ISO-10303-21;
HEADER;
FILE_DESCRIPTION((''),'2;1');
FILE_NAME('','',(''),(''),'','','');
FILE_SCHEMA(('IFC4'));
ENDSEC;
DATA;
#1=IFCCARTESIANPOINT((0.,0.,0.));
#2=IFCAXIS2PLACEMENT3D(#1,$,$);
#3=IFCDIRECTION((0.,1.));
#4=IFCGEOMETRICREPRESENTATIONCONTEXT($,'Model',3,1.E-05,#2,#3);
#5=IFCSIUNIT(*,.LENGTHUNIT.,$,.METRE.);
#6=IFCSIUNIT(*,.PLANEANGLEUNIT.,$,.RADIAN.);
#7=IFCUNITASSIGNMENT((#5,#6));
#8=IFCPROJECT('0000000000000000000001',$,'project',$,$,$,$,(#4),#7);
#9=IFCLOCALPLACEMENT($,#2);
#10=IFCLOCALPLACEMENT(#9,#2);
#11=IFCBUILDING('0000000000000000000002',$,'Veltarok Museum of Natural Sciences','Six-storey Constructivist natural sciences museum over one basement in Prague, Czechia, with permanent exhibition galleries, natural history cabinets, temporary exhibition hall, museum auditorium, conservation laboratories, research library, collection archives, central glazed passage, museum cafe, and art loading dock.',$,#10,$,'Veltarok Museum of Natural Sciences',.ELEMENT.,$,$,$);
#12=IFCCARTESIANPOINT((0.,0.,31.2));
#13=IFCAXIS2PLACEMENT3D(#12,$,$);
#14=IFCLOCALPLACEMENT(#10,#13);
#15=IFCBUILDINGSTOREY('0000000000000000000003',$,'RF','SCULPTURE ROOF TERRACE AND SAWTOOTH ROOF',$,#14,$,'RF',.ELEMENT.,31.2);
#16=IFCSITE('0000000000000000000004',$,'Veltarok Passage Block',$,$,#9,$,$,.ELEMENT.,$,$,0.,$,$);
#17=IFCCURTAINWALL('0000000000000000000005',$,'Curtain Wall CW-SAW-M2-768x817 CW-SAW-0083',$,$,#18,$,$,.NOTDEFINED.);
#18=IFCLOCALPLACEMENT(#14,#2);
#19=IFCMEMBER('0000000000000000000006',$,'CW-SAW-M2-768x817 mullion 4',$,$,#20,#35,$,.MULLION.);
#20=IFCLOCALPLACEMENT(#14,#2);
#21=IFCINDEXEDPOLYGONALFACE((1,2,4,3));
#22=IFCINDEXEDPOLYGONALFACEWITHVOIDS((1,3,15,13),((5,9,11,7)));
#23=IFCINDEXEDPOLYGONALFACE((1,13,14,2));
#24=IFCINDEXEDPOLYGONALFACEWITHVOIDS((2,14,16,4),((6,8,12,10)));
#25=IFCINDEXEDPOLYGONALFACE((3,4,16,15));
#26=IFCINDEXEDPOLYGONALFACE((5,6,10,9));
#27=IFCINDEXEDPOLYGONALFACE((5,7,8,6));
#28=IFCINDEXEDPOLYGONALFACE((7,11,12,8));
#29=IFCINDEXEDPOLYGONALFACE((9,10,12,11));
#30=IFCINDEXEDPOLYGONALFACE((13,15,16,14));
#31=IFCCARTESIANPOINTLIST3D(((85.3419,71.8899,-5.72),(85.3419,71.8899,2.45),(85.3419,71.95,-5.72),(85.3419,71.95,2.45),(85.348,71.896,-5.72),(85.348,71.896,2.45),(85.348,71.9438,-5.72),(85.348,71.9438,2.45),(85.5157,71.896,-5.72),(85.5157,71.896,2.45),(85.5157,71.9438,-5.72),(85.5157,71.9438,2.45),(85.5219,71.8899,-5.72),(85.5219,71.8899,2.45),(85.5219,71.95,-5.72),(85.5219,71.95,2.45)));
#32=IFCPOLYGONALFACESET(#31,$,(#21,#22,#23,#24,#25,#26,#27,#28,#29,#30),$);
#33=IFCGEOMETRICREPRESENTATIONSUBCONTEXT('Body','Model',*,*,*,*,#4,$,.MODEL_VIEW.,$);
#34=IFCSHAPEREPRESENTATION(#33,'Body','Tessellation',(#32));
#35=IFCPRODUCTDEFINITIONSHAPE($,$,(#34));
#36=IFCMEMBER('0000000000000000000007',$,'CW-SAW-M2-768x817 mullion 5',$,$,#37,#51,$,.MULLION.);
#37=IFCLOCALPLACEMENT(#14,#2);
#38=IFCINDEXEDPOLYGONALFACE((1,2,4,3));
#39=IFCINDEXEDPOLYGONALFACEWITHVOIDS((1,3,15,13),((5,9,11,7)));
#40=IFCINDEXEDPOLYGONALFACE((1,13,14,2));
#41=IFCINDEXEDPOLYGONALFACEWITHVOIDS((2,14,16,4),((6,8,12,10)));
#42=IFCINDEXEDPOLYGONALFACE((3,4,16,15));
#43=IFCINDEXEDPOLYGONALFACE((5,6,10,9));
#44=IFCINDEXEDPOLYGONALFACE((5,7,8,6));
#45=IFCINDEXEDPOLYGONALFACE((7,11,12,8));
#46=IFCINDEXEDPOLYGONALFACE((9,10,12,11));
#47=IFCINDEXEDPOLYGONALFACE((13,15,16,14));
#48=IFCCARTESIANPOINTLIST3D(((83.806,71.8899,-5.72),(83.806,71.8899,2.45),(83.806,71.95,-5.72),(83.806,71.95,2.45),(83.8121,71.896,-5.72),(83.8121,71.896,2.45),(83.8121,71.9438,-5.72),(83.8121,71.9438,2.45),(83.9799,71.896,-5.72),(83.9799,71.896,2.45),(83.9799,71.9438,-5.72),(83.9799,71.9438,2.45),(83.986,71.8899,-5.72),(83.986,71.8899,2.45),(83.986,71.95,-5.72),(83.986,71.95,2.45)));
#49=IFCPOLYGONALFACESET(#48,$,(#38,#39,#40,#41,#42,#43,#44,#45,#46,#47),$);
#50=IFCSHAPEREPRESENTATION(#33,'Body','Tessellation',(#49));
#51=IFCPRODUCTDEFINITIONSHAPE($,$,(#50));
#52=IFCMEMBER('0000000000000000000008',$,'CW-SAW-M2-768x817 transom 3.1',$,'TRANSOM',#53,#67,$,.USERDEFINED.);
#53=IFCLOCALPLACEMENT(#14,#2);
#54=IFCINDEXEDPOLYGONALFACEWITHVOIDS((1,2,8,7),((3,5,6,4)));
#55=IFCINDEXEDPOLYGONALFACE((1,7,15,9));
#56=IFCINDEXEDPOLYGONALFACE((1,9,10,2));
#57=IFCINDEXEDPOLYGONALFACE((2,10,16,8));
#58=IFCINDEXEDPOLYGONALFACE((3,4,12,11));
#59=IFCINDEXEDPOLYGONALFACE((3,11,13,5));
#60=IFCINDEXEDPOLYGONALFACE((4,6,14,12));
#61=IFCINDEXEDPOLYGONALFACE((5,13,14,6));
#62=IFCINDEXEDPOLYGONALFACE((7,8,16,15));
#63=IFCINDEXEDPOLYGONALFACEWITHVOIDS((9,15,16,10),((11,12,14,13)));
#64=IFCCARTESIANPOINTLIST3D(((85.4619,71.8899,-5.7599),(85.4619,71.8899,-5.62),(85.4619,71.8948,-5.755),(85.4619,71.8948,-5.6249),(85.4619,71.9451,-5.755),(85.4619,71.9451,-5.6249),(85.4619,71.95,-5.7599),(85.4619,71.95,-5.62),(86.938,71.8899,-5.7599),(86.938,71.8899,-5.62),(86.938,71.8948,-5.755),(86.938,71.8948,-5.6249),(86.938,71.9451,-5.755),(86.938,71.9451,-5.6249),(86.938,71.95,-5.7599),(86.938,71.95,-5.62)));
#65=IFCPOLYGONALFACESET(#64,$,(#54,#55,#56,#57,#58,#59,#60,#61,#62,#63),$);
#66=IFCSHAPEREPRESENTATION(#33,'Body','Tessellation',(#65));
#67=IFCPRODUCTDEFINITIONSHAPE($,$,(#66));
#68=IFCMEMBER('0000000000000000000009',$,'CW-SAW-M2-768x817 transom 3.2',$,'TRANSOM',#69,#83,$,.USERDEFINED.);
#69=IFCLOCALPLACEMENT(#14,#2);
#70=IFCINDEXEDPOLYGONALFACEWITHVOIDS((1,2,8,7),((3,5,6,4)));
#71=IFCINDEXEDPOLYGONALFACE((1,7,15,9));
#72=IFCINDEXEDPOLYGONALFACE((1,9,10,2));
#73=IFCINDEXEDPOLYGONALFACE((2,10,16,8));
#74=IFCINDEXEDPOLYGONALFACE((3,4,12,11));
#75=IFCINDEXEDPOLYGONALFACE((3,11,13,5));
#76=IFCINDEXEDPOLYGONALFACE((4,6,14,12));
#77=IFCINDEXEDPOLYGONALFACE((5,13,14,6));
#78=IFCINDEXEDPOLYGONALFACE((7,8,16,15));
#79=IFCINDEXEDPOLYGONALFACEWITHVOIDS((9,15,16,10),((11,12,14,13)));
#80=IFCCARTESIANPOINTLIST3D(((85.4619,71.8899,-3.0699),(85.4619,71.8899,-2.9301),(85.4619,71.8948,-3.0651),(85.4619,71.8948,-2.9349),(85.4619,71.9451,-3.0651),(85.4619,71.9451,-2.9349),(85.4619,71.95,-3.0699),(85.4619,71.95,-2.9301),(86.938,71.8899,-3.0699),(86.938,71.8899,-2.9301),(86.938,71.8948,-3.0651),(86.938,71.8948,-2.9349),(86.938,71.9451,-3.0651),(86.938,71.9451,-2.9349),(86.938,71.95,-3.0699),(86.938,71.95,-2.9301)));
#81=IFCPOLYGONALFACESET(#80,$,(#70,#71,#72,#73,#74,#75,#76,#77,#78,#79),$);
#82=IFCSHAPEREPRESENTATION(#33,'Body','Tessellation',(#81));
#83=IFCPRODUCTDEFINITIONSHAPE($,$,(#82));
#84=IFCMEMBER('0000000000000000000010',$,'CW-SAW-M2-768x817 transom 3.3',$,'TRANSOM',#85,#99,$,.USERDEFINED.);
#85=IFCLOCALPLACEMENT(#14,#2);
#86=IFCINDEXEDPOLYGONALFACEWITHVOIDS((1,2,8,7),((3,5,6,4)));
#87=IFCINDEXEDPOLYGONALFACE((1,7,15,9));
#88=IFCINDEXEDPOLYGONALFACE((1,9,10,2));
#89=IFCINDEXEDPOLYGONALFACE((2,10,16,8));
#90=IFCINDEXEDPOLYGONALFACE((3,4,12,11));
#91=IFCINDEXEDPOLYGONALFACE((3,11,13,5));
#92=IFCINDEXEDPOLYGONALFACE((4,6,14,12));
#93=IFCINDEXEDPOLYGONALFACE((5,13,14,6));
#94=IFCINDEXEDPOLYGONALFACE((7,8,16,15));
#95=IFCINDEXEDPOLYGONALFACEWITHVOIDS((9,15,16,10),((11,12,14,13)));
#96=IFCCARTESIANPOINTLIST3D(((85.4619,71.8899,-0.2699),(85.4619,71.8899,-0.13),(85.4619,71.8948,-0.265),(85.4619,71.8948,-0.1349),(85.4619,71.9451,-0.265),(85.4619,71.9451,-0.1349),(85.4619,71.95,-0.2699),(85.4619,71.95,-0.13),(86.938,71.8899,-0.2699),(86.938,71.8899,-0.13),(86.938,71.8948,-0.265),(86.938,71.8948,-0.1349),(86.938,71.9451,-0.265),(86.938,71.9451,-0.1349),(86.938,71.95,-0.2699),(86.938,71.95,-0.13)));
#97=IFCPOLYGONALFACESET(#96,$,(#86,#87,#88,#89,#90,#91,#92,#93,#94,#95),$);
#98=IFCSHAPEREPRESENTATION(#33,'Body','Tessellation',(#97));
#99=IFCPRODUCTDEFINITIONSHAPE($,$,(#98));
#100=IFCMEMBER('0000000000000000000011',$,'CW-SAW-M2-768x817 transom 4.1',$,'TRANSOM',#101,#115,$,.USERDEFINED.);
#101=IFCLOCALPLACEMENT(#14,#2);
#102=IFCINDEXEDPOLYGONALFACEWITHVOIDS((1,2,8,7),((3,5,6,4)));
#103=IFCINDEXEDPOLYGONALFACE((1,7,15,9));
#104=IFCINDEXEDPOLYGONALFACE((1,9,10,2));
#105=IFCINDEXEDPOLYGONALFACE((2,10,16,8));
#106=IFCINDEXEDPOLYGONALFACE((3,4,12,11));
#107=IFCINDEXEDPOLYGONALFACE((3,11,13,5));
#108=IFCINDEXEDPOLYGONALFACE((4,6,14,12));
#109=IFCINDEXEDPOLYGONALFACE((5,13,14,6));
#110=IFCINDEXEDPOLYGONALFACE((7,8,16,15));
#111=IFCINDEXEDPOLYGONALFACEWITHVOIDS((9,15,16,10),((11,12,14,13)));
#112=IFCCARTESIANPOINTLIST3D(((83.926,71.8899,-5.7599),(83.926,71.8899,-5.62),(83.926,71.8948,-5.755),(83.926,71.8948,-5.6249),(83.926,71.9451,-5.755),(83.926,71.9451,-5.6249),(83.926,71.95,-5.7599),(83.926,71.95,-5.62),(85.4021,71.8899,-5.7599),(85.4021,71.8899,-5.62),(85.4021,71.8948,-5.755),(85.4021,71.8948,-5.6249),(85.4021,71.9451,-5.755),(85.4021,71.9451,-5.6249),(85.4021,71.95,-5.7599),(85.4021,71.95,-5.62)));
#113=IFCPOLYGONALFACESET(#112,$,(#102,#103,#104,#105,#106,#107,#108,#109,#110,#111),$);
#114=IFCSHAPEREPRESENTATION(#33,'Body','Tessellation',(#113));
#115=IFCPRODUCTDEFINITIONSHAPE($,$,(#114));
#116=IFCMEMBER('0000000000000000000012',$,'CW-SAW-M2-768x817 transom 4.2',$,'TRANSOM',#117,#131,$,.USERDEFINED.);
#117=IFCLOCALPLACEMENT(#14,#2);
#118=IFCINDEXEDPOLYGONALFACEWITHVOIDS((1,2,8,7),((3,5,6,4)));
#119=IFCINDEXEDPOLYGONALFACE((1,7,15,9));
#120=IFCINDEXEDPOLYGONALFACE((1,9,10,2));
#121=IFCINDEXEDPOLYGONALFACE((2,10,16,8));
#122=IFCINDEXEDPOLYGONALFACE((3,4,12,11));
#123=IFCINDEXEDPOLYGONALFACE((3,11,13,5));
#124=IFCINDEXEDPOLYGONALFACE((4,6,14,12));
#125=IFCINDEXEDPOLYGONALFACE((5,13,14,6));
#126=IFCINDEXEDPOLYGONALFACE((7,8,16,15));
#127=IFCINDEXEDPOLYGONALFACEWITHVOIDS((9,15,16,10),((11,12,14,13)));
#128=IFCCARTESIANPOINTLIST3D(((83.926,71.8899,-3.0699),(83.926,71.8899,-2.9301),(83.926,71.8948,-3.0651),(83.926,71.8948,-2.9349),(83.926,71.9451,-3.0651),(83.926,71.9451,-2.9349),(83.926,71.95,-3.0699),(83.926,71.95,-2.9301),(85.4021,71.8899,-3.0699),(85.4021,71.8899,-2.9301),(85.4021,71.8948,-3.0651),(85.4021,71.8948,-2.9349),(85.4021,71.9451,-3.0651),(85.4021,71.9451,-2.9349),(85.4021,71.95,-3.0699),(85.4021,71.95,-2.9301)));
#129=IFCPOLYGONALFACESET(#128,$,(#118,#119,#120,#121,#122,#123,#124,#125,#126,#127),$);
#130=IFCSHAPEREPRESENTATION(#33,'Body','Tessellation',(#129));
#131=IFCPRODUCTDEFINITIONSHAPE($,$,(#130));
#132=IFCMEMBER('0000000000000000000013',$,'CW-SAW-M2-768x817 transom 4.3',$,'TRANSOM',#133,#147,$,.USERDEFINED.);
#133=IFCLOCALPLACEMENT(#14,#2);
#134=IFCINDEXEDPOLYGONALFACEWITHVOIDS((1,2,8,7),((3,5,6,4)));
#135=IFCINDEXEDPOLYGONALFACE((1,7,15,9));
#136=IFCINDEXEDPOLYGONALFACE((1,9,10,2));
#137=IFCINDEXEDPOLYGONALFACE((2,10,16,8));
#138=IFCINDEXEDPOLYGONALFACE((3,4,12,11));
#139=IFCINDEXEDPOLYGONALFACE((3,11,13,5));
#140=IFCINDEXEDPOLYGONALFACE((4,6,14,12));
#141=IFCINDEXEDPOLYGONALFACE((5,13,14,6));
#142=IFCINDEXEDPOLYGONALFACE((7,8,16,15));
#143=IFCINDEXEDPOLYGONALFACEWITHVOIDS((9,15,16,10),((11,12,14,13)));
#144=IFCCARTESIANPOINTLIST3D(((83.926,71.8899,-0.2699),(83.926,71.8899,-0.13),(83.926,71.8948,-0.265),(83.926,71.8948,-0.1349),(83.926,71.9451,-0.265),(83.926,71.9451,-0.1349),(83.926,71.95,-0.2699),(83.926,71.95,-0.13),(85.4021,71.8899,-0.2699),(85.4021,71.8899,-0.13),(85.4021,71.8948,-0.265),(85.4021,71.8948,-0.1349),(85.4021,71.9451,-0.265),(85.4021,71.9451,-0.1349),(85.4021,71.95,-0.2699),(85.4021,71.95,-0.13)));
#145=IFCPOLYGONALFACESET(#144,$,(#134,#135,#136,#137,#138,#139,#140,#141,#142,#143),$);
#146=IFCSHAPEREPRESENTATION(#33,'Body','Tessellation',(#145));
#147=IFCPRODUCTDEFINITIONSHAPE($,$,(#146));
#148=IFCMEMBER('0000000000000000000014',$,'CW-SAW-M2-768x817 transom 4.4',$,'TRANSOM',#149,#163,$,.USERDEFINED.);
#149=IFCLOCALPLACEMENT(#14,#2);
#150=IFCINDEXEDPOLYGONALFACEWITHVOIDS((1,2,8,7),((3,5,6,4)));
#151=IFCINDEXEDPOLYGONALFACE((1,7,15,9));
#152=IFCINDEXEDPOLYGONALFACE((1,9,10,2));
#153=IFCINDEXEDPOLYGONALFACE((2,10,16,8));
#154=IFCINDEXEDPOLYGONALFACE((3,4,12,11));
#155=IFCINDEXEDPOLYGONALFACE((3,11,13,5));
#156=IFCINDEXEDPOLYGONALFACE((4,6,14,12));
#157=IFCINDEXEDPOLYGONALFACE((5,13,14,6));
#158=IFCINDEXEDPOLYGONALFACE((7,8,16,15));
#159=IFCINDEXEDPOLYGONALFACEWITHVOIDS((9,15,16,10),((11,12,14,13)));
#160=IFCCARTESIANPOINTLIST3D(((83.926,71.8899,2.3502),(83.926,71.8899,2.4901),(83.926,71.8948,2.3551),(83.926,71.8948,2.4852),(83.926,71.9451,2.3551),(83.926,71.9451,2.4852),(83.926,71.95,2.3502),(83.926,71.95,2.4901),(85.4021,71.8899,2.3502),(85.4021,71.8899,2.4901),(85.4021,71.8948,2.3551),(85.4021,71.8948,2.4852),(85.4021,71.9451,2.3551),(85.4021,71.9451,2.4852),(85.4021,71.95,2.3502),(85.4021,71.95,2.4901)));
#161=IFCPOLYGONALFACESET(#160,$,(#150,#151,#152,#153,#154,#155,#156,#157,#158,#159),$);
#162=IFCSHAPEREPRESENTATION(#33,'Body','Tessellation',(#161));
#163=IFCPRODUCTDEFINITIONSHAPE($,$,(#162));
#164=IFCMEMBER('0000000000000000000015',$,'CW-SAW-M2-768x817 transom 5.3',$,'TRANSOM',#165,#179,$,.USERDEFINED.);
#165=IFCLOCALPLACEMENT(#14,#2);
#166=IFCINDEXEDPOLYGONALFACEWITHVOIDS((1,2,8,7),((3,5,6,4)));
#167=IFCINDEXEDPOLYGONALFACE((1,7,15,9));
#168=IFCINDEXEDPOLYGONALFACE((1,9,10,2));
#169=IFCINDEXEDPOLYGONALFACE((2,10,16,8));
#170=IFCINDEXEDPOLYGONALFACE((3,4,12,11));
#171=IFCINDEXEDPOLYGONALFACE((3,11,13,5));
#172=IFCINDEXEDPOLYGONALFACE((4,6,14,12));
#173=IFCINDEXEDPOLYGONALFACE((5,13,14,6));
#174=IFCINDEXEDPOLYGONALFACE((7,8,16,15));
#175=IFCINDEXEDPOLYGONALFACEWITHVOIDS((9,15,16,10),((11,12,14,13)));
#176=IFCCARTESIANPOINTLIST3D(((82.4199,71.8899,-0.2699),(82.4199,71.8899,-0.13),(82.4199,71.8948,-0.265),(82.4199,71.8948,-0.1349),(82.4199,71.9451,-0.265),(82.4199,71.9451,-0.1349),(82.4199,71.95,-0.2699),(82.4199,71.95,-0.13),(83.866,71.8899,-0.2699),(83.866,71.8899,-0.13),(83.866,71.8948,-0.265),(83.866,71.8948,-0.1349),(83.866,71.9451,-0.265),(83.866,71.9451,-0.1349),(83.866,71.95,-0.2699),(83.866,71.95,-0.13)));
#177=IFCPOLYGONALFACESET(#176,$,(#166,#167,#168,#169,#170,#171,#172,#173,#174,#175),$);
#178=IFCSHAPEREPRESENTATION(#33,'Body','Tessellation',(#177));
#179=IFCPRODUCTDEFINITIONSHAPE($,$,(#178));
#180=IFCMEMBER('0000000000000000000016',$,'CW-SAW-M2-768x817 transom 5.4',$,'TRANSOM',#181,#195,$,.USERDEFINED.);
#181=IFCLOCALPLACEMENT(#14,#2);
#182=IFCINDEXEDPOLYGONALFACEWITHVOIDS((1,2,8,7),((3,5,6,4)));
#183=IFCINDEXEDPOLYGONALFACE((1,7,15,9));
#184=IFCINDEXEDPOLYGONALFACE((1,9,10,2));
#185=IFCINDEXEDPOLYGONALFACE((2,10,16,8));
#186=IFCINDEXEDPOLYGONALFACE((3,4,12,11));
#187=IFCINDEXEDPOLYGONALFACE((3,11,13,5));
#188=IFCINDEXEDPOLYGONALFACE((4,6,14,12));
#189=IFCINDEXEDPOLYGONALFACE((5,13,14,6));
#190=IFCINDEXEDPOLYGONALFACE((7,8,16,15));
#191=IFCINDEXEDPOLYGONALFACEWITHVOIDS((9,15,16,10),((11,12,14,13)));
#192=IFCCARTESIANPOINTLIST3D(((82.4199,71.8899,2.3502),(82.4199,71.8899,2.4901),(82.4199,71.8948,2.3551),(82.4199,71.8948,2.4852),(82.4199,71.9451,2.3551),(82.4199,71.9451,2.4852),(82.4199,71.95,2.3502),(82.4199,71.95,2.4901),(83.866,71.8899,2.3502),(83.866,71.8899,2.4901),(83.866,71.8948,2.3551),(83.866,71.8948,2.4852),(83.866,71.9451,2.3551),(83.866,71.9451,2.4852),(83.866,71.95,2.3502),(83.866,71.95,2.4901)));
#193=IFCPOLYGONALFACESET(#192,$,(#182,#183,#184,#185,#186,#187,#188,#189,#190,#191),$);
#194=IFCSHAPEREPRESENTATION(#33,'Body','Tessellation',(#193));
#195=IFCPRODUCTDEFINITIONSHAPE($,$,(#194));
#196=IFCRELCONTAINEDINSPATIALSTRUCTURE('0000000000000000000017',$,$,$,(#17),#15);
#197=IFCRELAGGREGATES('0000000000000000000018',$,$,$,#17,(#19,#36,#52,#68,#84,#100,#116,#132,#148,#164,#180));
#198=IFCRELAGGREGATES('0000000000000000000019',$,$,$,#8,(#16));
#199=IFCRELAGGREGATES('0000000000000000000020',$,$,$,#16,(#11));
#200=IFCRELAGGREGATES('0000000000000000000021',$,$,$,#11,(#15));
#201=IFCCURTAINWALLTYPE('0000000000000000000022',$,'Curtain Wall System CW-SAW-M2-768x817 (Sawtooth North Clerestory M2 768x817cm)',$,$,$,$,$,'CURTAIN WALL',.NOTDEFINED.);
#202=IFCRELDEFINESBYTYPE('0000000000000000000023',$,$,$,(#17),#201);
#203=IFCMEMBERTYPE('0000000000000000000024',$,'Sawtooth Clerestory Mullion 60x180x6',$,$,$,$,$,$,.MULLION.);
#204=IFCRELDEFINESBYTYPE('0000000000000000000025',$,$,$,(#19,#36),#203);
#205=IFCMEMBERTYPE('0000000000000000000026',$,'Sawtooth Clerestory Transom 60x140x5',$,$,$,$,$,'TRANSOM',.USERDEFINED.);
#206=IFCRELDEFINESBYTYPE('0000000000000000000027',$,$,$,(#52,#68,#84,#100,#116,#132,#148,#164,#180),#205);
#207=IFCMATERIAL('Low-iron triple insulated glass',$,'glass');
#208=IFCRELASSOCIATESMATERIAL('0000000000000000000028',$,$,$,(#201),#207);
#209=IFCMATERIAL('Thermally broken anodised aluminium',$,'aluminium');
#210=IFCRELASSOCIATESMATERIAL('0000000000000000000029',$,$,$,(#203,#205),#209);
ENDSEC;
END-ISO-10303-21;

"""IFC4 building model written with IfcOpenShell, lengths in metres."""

from ifc_helpers import new_model, si_unit, direction, frame, origin, origin_2d, place, context, subcontext, project, spatial, hollow_rectangle, extrude, material, material_profile, profile_set, type_object, element, aggregate, save


model = new_model("IFC4")

# Units and contexts
model_context = context("Model", 3, precision=1e-05, world=origin(), true_north=direction((0.0, 1.0)))
body_context = subcontext(model_context, "Body", "Model", "MODEL_VIEW")
ifc_project = project(units=[si_unit("LENGTHUNIT", "METRE"), si_unit("PLANEANGLEUNIT", "RADIAN")], contexts=[model_context])

# Site, building, storey
site_placement = place(None, origin())
site = spatial("IfcSite", under=ifc_project, at=site_placement, Name="Veltarok Passage Block", CompositionType="ELEMENT", RefElevation=0.0)
building_placement = place(site_placement, origin())
building = spatial("IfcBuilding", under=site, at=building_placement, Name="Veltarok Museum of Natural Sciences", Description="Six-storey Constructivist natural sciences museum over one basement in Prague, Czechia, with permanent exhibition galleries, natural history cabinets, temporary exhibition hall, museum auditorium, conservation laboratories, research library, collection archives, central glazed passage, museum cafe, and art loading dock.", LongName="Veltarok Museum of Natural Sciences", CompositionType="ELEMENT")
storey_placement = place(building_placement, frame((0.0, 0.0, 31.2)))
storey = spatial("IfcBuildingStorey", under=building, at=storey_placement, Name="RF", Description="SCULPTURE ROOF TERRACE AND SAWTOOTH ROOF", LongName="RF", CompositionType="ELEMENT", Elevation=31.2)

# Curtain wall, members
ifc_material_1 = material(Name="Low-iron triple insulated glass", Category="glass")
curtain_wall_type = type_object("IfcCurtainWallType", Name="Curtain Wall System CW-SAW-M2-768x817 (Sawtooth North Clerestory M2 768x817cm)", ElementType="CURTAIN WALL", PredefinedType="NOTDEFINED", material=ifc_material_1)
curtain_wall_placement = place(storey_placement, origin())
curtain_wall = element("IfcCurtainWall", 1, at=curtain_wall_placement, inside=storey, type_object=curtain_wall_type, Name="Curtain Wall CW-SAW-M2-768x817 CW-SAW-0083", PredefinedType="NOTDEFINED")
ifc_material_2 = material(Name="Thermally broken anodised aluminium", Category="aluminium")
ifc_material_profile_1 = material_profile(ifc_material_2, hollow_rectangle(XDim=0.0601, YDim=0.1799, WallThickness=0.0061, at=origin_2d()), Name="CW MULLION 60x180x6")
ifc_profile_set_1 = profile_set([ifc_material_profile_1], Name="Thermally broken anodised aluminium")
member_type_1 = type_object("IfcMemberType", Name="Sawtooth Clerestory Mullion 60x180x6", PredefinedType="MULLION", material=ifc_profile_set_1)
member_1_placement = place(storey_placement, frame((85.4319, 71.9199, -5.72), z_axis=(0.0, 0.0, 1.0), x_axis=(0.0, -1.0, 0.0)))
member_1 = element("IfcMember", 2, at=member_1_placement, type_object=member_type_1, Name="CW-SAW-M2-768x817 mullion 4", PredefinedType="MULLION", context=body_context, shape_type="SweptSolid", body=[
    extrude(hollow_rectangle(XDim=0.0601, YDim=0.1799, WallThickness=0.0061, at=origin_2d()), origin(), (0.0, 0.0, 1.0), 8.1699),
])
member_2_placement = place(storey_placement, frame((83.896, 71.9199, -5.72), z_axis=(0.0, 0.0, 1.0), x_axis=(0.0, -1.0, 0.0)))
member_2 = element("IfcMember", 3, at=member_2_placement, type_object=member_type_1, Name="CW-SAW-M2-768x817 mullion 5", PredefinedType="MULLION", context=body_context, shape_type="SweptSolid", body=[
    extrude(hollow_rectangle(XDim=0.0601, YDim=0.1799, WallThickness=0.0061, at=origin_2d()), origin(), (0.0, 0.0, 1.0), 8.1699),
])
ifc_material_profile_2 = material_profile(ifc_material_2, hollow_rectangle(XDim=0.0601, YDim=0.1399, WallThickness=0.0049, at=origin_2d()), Name="CW TRANSOM 60x140x5")
ifc_profile_set_2 = profile_set([ifc_material_profile_2], Name="Thermally broken anodised aluminium")
member_type_2 = type_object("IfcMemberType", Name="Sawtooth Clerestory Transom 60x140x5", ElementType="TRANSOM", PredefinedType="USERDEFINED", material=ifc_profile_set_2)
member_3_placement = place(storey_placement, frame((86.938, 71.9199, -5.6899), z_axis=(-1.0, 0.0, 0.0), x_axis=(0.0, -1.0, 0.0)))
member_3 = element("IfcMember", 4, at=member_3_placement, type_object=member_type_2, Name="CW-SAW-M2-768x817 transom 3.1", ObjectType="TRANSOM", PredefinedType="USERDEFINED", context=body_context, shape_type="SweptSolid", body=[
    extrude(hollow_rectangle(XDim=0.0601, YDim=0.1399, WallThickness=0.0049, at=origin_2d()), origin(), (0.0, 0.0, 1.0), 1.4761),
])
member_4_placement = place(storey_placement, frame((86.938, 71.9199, -3.0), z_axis=(-1.0, 0.0, 0.0), x_axis=(0.0, -1.0, 0.0)))
member_4 = element("IfcMember", 5, at=member_4_placement, type_object=member_type_2, Name="CW-SAW-M2-768x817 transom 3.2", ObjectType="TRANSOM", PredefinedType="USERDEFINED", context=body_context, shape_type="SweptSolid", body=[
    extrude(hollow_rectangle(XDim=0.0601, YDim=0.1399, WallThickness=0.0049, at=origin_2d()), origin(), (0.0, 0.0, 1.0), 1.4761),
])
member_5_placement = place(storey_placement, frame((86.938, 71.9199, -0.2), z_axis=(-1.0, 0.0, 0.0), x_axis=(0.0, -1.0, 0.0)))
member_5 = element("IfcMember", 6, at=member_5_placement, type_object=member_type_2, Name="CW-SAW-M2-768x817 transom 3.3", ObjectType="TRANSOM", PredefinedType="USERDEFINED", context=body_context, shape_type="SweptSolid", body=[
    extrude(hollow_rectangle(XDim=0.0601, YDim=0.1399, WallThickness=0.0049, at=origin_2d()), origin(), (0.0, 0.0, 1.0), 1.4761),
])
member_6_placement = place(storey_placement, frame((85.4021, 71.9199, -5.6899), z_axis=(-1.0, 0.0, 0.0), x_axis=(0.0, -1.0, 0.0)))
member_6 = element("IfcMember", 7, at=member_6_placement, type_object=member_type_2, Name="CW-SAW-M2-768x817 transom 4.1", ObjectType="TRANSOM", PredefinedType="USERDEFINED", context=body_context, shape_type="SweptSolid", body=[
    extrude(hollow_rectangle(XDim=0.0601, YDim=0.1399, WallThickness=0.0049, at=origin_2d()), origin(), (0.0, 0.0, 1.0), 1.4761),
])
member_7_placement = place(storey_placement, frame((85.4021, 71.9199, -3.0), z_axis=(-1.0, 0.0, 0.0), x_axis=(0.0, -1.0, 0.0)))
member_7 = element("IfcMember", 8, at=member_7_placement, type_object=member_type_2, Name="CW-SAW-M2-768x817 transom 4.2", ObjectType="TRANSOM", PredefinedType="USERDEFINED", context=body_context, shape_type="SweptSolid", body=[
    extrude(hollow_rectangle(XDim=0.0601, YDim=0.1399, WallThickness=0.0049, at=origin_2d()), origin(), (0.0, 0.0, 1.0), 1.4761),
])
member_8_placement = place(storey_placement, frame((85.4021, 71.9199, -0.2), z_axis=(-1.0, 0.0, 0.0), x_axis=(0.0, -1.0, 0.0)))
member_8 = element("IfcMember", 9, at=member_8_placement, type_object=member_type_2, Name="CW-SAW-M2-768x817 transom 4.3", ObjectType="TRANSOM", PredefinedType="USERDEFINED", context=body_context, shape_type="SweptSolid", body=[
    extrude(hollow_rectangle(XDim=0.0601, YDim=0.1399, WallThickness=0.0049, at=origin_2d()), origin(), (0.0, 0.0, 1.0), 1.4761),
])
member_9_placement = place(storey_placement, frame((85.4021, 71.9199, 2.4202), z_axis=(-1.0, 0.0, 0.0), x_axis=(0.0, -1.0, 0.0)))
member_9 = element("IfcMember", 10, at=member_9_placement, type_object=member_type_2, Name="CW-SAW-M2-768x817 transom 4.4", ObjectType="TRANSOM", PredefinedType="USERDEFINED", context=body_context, shape_type="SweptSolid", body=[
    extrude(hollow_rectangle(XDim=0.0601, YDim=0.1399, WallThickness=0.0049, at=origin_2d()), origin(), (0.0, 0.0, 1.0), 1.4761),
])
member_10_placement = place(storey_placement, frame((83.866, 71.9199, -0.2), z_axis=(-1.0, 0.0, 0.0), x_axis=(0.0, -1.0, 0.0)))
member_10 = element("IfcMember", 11, at=member_10_placement, type_object=member_type_2, Name="CW-SAW-M2-768x817 transom 5.3", ObjectType="TRANSOM", PredefinedType="USERDEFINED", context=body_context, shape_type="SweptSolid", body=[
    extrude(hollow_rectangle(XDim=0.0601, YDim=0.1399, WallThickness=0.0049, at=origin_2d()), origin(), (0.0, 0.0, 1.0), 1.446),
])
member_11_placement = place(storey_placement, frame((83.866, 71.9199, 2.4202), z_axis=(-1.0, 0.0, 0.0), x_axis=(0.0, -1.0, 0.0)))
member_11 = element("IfcMember", 12, at=member_11_placement, type_object=member_type_2, Name="CW-SAW-M2-768x817 transom 5.4", ObjectType="TRANSOM", PredefinedType="USERDEFINED", context=body_context, shape_type="SweptSolid", body=[
    extrude(hollow_rectangle(XDim=0.0601, YDim=0.1399, WallThickness=0.0049, at=origin_2d()), origin(), (0.0, 0.0, 1.0), 1.446),
])

aggregate(curtain_wall, [member_1, member_2, member_3, member_4, member_5, member_6, member_7, member_8, member_9, member_10, member_11])

save(model, "model.ifc")
